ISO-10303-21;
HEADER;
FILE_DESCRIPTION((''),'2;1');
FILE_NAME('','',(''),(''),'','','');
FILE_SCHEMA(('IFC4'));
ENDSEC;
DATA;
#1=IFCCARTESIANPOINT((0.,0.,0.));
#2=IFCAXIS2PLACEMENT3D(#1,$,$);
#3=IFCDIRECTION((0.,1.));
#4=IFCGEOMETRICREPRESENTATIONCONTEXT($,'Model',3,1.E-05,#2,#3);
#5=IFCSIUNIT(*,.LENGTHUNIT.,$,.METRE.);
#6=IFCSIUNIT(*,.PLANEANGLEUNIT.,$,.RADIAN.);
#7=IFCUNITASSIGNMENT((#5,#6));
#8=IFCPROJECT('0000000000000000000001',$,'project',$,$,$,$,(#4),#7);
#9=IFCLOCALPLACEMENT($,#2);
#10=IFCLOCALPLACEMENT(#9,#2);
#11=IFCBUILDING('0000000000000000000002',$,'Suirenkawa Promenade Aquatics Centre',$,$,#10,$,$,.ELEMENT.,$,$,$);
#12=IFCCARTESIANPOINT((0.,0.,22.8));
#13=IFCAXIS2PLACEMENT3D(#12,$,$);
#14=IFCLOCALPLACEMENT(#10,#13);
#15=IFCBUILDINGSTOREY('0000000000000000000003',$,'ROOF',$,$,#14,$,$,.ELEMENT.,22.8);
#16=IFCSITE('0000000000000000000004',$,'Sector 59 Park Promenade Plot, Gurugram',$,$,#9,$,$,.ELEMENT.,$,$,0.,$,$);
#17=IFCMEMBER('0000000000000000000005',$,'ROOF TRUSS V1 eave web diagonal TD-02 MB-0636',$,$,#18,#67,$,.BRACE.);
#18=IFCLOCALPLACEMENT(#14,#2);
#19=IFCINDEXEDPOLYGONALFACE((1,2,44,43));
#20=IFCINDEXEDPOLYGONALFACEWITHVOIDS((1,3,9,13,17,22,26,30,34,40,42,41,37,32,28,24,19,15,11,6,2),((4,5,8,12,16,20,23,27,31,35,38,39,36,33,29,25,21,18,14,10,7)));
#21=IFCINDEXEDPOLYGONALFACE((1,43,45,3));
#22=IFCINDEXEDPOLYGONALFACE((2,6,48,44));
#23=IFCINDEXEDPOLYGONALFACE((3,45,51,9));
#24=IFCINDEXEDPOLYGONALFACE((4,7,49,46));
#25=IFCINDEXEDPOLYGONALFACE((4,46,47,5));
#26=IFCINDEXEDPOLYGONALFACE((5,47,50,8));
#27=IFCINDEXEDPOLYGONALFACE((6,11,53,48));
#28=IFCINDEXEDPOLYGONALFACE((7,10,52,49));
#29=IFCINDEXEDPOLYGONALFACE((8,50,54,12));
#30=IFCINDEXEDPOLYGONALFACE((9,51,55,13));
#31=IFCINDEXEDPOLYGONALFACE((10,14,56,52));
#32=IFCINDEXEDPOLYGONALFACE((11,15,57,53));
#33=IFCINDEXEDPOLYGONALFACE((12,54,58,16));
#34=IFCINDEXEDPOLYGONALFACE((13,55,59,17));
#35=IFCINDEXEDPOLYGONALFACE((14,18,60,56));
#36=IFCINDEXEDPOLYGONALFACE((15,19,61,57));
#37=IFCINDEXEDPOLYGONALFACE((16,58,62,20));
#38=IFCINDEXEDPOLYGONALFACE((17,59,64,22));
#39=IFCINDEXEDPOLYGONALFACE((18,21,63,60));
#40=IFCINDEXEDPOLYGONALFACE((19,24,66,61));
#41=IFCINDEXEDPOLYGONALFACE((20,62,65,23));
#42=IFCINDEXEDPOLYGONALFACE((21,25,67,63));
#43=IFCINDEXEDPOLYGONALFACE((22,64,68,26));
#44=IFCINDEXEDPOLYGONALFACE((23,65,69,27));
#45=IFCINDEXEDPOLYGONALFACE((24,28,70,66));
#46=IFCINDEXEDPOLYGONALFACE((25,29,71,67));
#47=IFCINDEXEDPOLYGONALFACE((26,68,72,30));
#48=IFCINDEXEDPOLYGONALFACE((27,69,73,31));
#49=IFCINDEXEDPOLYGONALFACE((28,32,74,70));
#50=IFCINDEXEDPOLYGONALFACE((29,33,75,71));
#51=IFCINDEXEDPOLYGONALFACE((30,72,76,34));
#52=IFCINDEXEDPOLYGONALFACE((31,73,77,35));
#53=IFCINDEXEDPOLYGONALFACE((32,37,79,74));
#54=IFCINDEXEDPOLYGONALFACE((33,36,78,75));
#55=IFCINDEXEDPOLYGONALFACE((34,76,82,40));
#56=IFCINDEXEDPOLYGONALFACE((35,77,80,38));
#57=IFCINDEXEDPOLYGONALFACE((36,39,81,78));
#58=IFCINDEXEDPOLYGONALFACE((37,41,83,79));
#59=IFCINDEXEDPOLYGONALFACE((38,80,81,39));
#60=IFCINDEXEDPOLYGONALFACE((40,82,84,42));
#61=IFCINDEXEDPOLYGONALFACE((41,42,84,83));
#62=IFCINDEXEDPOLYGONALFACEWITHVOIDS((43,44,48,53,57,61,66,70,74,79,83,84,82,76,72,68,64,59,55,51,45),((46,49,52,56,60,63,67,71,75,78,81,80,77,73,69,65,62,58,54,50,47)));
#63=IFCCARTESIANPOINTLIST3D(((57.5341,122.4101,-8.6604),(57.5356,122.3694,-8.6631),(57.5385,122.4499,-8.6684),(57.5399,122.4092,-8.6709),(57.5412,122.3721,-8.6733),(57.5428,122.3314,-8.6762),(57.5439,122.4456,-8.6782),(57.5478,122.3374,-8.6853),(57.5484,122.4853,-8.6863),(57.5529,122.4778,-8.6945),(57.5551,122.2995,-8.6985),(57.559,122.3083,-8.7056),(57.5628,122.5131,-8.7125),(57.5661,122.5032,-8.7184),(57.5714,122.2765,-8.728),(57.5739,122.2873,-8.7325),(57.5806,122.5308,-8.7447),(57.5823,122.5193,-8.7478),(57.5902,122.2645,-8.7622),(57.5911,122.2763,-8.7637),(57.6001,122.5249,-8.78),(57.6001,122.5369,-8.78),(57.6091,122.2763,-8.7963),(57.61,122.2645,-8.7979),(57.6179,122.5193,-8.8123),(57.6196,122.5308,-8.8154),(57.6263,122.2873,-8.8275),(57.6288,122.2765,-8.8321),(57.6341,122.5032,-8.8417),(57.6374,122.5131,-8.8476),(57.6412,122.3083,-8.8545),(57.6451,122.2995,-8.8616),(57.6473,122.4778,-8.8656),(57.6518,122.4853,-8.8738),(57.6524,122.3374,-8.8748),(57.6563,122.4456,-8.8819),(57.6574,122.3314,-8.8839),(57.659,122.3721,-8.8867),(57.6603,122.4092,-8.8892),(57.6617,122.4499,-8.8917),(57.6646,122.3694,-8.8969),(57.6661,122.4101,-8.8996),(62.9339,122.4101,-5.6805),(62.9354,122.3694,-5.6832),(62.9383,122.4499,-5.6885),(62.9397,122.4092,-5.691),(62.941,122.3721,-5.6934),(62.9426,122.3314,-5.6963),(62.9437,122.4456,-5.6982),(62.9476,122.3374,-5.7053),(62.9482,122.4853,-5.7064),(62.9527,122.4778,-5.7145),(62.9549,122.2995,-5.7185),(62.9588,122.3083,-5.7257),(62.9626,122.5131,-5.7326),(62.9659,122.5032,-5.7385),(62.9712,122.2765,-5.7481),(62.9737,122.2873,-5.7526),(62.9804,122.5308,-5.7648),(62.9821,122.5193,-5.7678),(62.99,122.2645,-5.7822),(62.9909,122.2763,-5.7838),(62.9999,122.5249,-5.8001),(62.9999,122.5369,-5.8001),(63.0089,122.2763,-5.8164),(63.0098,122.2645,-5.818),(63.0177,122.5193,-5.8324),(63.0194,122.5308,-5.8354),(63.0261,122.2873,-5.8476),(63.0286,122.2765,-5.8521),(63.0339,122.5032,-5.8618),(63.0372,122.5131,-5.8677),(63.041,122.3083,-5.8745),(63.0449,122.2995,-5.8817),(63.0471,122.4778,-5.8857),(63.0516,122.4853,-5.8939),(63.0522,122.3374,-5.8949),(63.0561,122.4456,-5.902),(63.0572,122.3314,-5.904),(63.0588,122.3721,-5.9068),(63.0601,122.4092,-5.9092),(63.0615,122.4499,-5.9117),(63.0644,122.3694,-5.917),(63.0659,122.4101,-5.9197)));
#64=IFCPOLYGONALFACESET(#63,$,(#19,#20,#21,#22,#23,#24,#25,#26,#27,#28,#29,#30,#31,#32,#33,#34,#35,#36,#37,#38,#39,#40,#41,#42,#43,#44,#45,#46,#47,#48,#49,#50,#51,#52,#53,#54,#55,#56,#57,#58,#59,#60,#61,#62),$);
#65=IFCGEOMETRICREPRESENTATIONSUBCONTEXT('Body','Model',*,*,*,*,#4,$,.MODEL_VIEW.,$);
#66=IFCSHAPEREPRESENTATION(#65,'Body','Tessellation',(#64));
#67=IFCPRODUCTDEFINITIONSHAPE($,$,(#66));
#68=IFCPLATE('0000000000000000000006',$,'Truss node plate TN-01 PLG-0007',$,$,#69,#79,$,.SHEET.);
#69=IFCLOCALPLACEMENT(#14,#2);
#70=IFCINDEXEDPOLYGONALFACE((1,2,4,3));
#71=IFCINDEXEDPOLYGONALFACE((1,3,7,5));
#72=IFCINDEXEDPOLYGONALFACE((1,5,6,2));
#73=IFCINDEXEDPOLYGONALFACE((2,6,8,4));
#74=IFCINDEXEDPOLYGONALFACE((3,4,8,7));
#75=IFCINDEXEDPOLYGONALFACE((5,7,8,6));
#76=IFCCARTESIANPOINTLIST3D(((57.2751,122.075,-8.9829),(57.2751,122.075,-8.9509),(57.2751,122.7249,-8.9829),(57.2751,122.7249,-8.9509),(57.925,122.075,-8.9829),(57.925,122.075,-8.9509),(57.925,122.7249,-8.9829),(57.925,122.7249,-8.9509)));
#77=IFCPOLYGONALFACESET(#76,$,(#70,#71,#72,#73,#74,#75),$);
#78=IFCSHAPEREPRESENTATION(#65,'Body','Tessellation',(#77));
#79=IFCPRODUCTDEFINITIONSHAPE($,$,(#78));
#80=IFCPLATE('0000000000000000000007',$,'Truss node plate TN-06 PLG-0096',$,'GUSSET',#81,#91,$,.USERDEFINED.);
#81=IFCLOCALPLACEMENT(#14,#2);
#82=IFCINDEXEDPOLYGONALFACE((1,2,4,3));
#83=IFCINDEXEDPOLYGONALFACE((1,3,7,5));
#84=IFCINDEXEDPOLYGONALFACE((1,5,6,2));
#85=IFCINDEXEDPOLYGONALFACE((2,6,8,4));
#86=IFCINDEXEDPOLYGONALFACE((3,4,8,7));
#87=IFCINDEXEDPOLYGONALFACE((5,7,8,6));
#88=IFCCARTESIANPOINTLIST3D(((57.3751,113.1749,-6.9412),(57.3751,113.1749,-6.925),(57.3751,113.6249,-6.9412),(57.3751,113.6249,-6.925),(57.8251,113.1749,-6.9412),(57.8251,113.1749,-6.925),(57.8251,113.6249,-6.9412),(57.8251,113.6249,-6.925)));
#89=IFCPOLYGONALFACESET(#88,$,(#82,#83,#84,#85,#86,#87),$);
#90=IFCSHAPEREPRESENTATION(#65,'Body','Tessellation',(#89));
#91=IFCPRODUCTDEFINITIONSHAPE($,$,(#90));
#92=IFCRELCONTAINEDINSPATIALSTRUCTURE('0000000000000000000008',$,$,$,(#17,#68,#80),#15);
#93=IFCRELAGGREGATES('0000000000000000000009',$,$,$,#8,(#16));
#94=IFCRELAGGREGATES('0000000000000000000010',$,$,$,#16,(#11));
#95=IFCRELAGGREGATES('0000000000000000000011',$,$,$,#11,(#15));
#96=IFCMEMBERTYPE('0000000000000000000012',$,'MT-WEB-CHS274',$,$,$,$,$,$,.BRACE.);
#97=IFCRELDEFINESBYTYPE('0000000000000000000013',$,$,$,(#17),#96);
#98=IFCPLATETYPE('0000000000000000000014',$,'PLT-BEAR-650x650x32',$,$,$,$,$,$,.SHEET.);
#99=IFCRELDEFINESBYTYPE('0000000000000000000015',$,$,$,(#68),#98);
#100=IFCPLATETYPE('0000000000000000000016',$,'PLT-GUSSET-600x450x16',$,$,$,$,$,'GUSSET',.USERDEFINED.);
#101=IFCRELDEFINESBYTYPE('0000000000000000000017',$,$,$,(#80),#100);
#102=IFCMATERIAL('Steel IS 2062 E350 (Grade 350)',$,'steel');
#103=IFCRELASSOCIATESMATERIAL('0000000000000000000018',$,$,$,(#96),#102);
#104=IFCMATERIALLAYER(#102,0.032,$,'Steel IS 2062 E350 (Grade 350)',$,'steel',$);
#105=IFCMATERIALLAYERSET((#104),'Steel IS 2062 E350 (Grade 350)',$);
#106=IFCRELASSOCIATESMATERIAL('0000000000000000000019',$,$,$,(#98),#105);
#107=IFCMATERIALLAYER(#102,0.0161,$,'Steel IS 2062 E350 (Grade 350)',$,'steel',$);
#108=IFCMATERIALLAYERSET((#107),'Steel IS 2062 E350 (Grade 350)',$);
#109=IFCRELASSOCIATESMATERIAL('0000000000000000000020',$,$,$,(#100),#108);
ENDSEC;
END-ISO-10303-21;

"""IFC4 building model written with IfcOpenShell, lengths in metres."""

from ifc_helpers import new_model, si_unit, direction, frame, origin, origin_2d, place, context, subcontext, project, spatial, rectangle, hollow_circle, extrude, material, layer, layer_set, material_profile, profile_set, type_object, element, save


model = new_model("IFC4")

# Units and contexts
model_context = context("Model", 3, precision=1e-05, world=origin(), true_north=direction((0.0, 1.0)))
body_context = subcontext(model_context, "Body", "Model", "MODEL_VIEW")
ifc_project = project(units=[si_unit("LENGTHUNIT", "METRE"), si_unit("PLANEANGLEUNIT", "RADIAN")], contexts=[model_context])

# Site, building, storey
site_placement = place(None, origin())
site = spatial("IfcSite", under=ifc_project, at=site_placement, Name="Sector 59 Park Promenade Plot, Gurugram", CompositionType="ELEMENT", RefElevation=0.0)
building_placement = place(site_placement, origin())
building = spatial("IfcBuilding", under=site, at=building_placement, Name="Suirenkawa Promenade Aquatics Centre", CompositionType="ELEMENT")
storey_placement = place(building_placement, frame((0.0, 0.0, 22.8)))
storey = spatial("IfcBuildingStorey", under=building, at=storey_placement, Name="ROOF", CompositionType="ELEMENT", Elevation=22.8)

# Shared definitions
ifc_material = material(Name="Steel IS 2062 E350 (Grade 350)", Category="steel")

# Member
ifc_material_profile_1 = material_profile(ifc_material, hollow_circle(Radius=0.137, WallThickness=0.012, at=origin_2d()), Name="CHS 274x12", Category="steel")
ifc_profile_set_1 = profile_set([ifc_material_profile_1], Name="Steel IS 2062 E350 (Grade 350)")
member_type_1 = type_object("IfcMemberType", Name="MT-WEB-CHS274", PredefinedType="BRACE", material=ifc_profile_set_1)
member_1_placement = place(storey_placement, frame((57.6001, 122.3999, -8.78), z_axis=(0.875528, 0.0, 0.483167), x_axis=(0.0, 1.0, 0.0)))
element("IfcMember", 1, at=member_1_placement, inside=storey, type_object=member_type_1, Name="ROOF TRUSS V1 eave web diagonal TD-02 MB-0636", PredefinedType="BRACE", context=body_context, shape_type="SweptSolid", body=[
    extrude(hollow_circle(Radius=0.137, WallThickness=0.012, at=origin_2d()), origin(), (0.0, 0.0, 1.0), 6.1675),
])

# Plates
ifc_layer_1 = layer(ifc_material, 0.032, Name="Steel IS 2062 E350 (Grade 350)", Category="steel")
ifc_layer_set_1 = layer_set([ifc_layer_1], Name="Steel IS 2062 E350 (Grade 350)")
plate_type_1 = type_object("IfcPlateType", Name="PLT-BEAR-650x650x32", PredefinedType="SHEET", material=ifc_layer_set_1)
plate_1_placement = place(storey_placement, frame((57.6001, 122.3999, -8.9829), z_axis=(0.0, 0.0, 1.0), x_axis=(1.0, 0.0, 0.0)))
element("IfcPlate", 2, at=plate_1_placement, inside=storey, type_object=plate_type_1, Name="Truss node plate TN-01 PLG-0007", PredefinedType="SHEET", context=body_context, shape_type="SweptSolid", body=[
    extrude(rectangle(XDim=0.6499, YDim=0.6499, at=origin_2d()), origin(), (0.0, 0.0, 1.0), 0.032),
])
ifc_layer_2 = layer(ifc_material, 0.0161, Name="Steel IS 2062 E350 (Grade 350)", Category="steel")
ifc_layer_set_2 = layer_set([ifc_layer_2], Name="Steel IS 2062 E350 (Grade 350)")
plate_type_2 = type_object("IfcPlateType", Name="PLT-GUSSET-600x450x16", ElementType="GUSSET", PredefinedType="USERDEFINED", material=ifc_layer_set_2)
plate_2_placement = place(storey_placement, frame((57.6001, 113.3999, -6.9412), z_axis=(0.0, 0.0, 1.0), x_axis=(1.0, 0.0, 0.0)))
element("IfcPlate", 3, at=plate_2_placement, inside=storey, type_object=plate_type_2, Name="Truss node plate TN-06 PLG-0096", ObjectType="GUSSET", PredefinedType="USERDEFINED", context=body_context, shape_type="SweptSolid", body=[
    extrude(rectangle(XDim=0.45, YDim=0.45, at=origin_2d()), origin(), (0.0, 0.0, 1.0), 0.0161),
])

save(model, "model.ifc")
